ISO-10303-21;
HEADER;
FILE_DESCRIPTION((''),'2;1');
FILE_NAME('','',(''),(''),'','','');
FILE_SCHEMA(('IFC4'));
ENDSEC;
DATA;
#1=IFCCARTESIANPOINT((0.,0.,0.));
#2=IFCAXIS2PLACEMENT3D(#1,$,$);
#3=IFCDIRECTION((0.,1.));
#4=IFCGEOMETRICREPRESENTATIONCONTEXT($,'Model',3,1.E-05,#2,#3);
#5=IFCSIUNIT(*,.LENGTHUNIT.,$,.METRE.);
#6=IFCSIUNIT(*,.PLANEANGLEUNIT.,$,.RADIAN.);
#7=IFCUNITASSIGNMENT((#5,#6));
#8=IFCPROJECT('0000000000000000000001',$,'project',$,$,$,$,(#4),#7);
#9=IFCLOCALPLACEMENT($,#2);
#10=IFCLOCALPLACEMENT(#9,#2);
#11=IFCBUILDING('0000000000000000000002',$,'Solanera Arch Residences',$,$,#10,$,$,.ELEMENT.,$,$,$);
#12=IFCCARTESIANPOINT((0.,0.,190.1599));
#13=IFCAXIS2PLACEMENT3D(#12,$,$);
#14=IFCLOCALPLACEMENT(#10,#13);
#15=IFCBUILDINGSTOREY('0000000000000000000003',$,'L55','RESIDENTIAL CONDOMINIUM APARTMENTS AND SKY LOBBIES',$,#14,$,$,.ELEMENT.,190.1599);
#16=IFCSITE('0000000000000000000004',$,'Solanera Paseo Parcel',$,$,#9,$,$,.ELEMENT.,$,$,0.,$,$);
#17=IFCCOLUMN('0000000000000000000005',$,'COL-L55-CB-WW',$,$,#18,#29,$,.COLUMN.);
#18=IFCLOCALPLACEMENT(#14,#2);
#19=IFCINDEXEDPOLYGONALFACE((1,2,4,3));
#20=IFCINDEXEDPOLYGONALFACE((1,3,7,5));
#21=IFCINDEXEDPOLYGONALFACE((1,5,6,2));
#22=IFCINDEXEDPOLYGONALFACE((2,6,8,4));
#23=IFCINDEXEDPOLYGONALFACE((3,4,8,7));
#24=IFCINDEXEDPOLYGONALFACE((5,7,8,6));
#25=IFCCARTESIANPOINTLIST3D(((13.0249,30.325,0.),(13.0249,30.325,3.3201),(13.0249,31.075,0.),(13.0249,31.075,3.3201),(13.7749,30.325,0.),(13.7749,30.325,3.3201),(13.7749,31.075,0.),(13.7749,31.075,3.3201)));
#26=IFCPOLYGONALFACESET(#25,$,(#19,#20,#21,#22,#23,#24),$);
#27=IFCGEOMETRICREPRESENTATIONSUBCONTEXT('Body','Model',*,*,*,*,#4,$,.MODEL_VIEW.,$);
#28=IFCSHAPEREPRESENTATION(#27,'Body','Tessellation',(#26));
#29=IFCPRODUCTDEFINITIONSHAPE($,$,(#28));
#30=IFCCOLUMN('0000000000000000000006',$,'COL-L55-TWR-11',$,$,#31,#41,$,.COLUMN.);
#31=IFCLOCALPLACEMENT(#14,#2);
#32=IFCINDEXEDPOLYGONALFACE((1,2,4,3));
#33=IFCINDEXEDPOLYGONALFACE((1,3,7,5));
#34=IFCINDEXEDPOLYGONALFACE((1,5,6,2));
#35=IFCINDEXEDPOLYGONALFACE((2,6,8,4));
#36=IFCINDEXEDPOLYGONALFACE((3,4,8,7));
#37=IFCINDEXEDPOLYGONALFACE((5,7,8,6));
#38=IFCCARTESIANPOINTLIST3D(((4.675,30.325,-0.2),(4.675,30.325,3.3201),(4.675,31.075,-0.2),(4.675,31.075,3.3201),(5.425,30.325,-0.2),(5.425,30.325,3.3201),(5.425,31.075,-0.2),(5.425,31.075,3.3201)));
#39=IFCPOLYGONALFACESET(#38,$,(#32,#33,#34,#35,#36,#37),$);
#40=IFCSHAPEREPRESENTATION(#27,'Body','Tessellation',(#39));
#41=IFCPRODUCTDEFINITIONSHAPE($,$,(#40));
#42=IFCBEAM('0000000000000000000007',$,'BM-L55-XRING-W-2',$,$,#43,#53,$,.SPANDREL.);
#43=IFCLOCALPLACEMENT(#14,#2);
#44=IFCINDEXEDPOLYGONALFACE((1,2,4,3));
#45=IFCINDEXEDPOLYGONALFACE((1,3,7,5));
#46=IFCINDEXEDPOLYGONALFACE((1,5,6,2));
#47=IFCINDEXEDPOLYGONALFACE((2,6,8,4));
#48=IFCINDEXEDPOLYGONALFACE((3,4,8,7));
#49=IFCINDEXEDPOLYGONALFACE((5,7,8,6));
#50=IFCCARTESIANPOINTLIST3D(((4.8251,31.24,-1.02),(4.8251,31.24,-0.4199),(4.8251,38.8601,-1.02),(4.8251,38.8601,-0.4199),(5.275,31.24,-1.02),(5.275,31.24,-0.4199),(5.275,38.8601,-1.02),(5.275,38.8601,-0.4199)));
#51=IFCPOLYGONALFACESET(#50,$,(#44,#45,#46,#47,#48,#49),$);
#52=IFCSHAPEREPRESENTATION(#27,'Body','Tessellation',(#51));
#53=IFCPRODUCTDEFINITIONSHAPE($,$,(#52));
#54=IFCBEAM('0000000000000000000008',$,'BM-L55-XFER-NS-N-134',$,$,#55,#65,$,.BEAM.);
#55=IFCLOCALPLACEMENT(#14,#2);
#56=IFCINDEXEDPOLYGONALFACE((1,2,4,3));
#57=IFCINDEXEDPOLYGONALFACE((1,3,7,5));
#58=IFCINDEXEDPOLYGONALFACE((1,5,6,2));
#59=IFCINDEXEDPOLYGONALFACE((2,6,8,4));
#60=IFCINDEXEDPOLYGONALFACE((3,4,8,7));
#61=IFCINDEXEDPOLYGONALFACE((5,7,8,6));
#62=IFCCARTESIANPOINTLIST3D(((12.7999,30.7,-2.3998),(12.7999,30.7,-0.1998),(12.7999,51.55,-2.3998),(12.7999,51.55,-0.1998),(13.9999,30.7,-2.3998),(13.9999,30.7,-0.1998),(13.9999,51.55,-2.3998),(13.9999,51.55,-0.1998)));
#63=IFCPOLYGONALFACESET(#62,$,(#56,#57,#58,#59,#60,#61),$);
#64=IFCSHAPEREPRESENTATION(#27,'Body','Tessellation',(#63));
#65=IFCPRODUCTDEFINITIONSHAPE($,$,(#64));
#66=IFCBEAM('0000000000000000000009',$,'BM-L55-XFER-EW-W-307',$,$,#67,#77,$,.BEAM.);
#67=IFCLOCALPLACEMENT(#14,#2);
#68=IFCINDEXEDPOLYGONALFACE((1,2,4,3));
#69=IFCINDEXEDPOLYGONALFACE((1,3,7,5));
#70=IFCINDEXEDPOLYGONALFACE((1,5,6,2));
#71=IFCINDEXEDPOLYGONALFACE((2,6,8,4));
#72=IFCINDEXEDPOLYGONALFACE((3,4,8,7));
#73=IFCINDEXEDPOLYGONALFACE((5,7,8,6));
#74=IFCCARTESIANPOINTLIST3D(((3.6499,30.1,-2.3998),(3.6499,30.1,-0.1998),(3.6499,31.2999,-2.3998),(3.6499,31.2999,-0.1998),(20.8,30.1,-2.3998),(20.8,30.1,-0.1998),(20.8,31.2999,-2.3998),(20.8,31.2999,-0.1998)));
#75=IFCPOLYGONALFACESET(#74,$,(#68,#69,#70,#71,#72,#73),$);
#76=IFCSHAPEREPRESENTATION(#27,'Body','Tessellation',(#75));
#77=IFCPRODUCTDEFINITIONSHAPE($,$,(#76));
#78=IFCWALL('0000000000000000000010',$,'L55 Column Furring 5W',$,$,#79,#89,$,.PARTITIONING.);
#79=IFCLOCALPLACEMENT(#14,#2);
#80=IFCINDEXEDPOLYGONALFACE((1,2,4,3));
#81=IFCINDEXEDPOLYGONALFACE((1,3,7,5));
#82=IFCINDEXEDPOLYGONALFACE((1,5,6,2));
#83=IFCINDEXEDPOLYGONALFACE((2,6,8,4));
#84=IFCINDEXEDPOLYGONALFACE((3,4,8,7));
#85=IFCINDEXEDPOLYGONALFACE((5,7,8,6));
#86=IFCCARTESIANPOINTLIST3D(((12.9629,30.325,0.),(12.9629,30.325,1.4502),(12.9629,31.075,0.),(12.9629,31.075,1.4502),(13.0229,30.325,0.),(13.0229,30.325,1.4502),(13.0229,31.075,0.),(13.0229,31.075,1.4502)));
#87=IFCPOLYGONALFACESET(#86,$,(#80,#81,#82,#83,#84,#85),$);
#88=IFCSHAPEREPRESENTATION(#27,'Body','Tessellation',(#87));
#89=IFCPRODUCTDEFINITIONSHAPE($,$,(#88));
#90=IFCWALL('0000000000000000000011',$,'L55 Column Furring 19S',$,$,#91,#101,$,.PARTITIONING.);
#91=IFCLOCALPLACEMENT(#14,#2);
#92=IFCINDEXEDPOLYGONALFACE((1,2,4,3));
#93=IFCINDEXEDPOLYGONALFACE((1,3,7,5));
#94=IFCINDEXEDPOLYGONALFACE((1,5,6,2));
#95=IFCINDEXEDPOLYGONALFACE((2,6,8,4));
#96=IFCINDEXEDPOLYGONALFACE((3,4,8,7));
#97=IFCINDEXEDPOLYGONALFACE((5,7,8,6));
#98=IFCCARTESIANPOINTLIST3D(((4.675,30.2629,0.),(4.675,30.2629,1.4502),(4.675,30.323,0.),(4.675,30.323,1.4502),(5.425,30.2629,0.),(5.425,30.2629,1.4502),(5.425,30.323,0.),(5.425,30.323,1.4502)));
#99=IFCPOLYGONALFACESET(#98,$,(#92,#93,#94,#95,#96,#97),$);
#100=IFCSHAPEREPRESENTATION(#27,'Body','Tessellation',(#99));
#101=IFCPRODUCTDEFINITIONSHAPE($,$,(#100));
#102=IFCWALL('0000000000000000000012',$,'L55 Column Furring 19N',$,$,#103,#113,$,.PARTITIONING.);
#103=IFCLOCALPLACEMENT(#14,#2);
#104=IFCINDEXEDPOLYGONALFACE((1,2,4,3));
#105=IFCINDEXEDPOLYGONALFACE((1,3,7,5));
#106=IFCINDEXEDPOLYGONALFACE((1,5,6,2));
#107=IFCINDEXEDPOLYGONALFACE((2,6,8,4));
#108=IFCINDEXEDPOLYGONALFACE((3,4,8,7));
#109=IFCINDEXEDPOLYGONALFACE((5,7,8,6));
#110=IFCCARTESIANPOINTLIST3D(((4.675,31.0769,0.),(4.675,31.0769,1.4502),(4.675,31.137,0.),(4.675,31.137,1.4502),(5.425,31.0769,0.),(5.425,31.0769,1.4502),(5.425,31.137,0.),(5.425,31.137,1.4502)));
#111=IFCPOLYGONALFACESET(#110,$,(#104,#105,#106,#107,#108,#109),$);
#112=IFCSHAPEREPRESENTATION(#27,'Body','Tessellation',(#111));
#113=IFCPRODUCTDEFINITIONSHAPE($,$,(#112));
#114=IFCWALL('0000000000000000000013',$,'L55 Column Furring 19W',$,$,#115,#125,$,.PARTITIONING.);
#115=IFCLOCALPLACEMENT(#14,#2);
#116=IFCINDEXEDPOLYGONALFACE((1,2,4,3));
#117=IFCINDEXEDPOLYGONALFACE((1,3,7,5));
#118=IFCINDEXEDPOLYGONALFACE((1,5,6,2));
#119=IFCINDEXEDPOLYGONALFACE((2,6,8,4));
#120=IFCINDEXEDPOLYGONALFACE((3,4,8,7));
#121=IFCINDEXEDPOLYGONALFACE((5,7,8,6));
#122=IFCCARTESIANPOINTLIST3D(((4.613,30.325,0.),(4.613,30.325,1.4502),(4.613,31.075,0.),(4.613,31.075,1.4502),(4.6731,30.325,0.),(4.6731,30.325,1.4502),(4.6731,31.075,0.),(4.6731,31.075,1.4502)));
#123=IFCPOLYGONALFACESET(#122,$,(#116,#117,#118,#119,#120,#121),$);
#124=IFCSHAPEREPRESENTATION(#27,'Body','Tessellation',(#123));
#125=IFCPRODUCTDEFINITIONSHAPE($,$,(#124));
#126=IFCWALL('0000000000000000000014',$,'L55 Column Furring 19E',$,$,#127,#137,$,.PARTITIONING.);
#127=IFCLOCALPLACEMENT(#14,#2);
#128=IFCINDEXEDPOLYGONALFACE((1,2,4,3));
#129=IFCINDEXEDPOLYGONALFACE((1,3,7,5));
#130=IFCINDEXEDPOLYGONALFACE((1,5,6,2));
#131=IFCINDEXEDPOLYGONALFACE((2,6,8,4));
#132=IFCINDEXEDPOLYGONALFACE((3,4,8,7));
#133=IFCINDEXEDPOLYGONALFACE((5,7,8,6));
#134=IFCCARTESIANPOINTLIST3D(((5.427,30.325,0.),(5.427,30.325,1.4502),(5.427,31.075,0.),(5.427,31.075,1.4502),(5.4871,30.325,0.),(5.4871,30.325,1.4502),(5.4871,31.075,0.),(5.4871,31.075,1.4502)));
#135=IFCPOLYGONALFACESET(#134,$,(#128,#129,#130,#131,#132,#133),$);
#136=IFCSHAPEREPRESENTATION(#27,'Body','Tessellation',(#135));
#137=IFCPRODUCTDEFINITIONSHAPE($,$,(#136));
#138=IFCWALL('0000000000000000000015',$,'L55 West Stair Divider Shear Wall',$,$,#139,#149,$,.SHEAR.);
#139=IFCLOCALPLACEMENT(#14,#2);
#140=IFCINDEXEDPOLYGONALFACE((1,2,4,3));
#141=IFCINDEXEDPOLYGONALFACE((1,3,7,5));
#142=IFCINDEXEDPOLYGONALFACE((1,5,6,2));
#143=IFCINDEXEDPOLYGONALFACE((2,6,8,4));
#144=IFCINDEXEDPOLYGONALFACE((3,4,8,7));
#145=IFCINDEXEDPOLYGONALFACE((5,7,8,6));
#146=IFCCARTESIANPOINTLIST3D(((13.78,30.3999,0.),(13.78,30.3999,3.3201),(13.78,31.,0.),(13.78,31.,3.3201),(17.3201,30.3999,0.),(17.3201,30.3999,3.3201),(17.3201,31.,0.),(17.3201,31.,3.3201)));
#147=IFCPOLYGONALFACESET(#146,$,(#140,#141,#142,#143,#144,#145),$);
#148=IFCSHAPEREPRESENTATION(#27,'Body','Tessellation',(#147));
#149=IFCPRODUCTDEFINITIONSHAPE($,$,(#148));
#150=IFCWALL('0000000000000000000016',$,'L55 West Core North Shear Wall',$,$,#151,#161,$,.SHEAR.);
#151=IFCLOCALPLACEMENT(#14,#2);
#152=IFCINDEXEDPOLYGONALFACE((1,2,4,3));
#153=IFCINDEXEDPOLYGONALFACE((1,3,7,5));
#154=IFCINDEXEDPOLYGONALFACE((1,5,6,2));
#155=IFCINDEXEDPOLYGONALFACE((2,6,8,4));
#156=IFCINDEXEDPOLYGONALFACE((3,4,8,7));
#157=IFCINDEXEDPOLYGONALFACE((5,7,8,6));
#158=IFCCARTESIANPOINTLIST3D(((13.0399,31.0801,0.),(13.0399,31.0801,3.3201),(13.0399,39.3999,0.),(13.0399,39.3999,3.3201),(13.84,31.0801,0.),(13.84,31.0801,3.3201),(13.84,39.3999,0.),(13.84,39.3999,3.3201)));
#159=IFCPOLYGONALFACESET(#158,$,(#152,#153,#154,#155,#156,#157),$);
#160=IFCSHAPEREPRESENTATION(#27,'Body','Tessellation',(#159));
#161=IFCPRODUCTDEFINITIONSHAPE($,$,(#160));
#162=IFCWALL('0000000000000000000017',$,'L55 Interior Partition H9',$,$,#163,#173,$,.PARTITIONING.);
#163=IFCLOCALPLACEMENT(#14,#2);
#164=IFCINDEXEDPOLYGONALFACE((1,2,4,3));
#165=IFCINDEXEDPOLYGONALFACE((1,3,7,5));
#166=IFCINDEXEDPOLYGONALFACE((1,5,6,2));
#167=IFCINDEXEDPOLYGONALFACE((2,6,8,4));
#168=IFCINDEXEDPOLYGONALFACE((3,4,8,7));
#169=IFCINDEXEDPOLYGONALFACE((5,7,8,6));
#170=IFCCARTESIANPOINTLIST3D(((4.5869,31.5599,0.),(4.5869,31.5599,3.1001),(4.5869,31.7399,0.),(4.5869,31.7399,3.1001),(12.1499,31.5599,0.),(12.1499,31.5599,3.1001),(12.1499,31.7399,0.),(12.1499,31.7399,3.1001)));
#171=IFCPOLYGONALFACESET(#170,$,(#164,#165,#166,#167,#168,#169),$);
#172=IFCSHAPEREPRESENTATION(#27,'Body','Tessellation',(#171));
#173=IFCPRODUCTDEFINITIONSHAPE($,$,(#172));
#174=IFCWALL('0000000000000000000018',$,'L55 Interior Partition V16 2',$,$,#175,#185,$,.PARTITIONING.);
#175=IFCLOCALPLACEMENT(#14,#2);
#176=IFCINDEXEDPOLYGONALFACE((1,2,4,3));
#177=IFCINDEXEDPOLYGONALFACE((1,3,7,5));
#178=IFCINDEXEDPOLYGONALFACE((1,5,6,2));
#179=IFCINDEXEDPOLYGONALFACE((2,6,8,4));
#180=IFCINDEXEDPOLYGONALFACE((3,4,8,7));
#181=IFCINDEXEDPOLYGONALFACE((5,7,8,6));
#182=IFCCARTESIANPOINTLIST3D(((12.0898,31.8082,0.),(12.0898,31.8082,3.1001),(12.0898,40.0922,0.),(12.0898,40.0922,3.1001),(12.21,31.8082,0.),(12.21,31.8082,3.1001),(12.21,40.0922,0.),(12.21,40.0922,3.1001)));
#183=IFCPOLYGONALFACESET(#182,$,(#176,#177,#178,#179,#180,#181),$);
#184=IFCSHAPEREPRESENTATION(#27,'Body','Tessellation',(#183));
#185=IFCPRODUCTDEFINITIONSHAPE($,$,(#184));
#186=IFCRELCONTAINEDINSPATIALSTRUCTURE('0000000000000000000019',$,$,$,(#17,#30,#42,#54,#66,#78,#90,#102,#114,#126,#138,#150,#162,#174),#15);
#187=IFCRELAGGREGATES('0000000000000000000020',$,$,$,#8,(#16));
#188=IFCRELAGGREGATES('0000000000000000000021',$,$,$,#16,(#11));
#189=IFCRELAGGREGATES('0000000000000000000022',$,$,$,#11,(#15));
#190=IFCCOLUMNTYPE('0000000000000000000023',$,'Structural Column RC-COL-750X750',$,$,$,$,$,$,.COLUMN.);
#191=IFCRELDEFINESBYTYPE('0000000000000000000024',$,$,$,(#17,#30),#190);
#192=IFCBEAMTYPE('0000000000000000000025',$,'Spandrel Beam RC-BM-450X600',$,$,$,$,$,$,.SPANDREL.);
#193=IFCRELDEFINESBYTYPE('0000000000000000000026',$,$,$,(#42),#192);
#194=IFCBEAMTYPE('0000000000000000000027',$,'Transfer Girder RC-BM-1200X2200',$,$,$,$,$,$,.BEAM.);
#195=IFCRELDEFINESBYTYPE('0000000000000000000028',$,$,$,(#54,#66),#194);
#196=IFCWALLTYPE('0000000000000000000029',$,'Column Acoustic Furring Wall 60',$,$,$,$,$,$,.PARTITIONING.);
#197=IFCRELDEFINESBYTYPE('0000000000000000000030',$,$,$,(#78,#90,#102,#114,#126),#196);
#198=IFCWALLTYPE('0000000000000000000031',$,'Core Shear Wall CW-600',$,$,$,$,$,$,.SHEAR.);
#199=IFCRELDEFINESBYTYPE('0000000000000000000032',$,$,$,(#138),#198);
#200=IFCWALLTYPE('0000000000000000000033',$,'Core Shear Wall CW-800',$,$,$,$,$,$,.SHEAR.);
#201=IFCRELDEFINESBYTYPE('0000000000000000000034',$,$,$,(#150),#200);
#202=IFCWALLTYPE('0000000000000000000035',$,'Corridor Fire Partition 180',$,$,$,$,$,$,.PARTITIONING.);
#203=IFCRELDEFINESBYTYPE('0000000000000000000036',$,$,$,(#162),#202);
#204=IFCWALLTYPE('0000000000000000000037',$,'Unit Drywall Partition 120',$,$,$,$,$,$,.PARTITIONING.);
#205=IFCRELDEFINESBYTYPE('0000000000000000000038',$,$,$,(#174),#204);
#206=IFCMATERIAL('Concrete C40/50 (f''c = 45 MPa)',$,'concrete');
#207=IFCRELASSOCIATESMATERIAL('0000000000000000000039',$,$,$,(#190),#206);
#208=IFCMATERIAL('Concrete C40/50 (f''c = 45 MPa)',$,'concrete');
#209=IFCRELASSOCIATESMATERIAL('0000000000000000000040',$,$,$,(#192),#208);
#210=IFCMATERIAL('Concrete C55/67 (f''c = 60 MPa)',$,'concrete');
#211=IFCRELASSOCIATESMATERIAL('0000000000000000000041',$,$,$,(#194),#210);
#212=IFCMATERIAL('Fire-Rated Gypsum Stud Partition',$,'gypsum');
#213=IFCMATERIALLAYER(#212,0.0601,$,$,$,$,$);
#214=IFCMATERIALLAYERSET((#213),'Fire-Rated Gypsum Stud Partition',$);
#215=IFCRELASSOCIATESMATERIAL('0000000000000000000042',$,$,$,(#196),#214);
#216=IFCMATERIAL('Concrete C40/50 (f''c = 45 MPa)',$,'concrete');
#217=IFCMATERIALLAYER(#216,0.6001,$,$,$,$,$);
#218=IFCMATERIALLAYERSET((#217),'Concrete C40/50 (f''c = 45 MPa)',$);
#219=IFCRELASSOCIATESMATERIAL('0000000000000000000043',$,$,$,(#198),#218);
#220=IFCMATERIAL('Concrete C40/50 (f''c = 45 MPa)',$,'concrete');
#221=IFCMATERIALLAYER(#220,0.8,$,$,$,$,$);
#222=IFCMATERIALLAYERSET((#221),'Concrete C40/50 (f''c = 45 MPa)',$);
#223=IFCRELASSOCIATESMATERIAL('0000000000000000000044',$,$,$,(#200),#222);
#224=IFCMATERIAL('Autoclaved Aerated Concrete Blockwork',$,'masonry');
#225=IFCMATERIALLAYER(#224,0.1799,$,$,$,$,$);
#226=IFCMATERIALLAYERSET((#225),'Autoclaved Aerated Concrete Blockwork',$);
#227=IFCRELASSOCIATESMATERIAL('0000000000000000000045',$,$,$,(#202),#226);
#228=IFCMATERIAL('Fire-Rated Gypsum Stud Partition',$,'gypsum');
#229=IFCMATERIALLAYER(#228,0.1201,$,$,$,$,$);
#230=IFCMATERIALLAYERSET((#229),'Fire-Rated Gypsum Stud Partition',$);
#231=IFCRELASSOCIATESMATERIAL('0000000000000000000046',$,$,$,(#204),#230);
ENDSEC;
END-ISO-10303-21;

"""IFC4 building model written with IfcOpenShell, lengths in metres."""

from ifc_helpers import new_model, si_unit, direction, frame, frame_2d, origin, origin_2d, place, context, subcontext, project, spatial, rectangle, extrude, material, layer, layer_set, material_profile, profile_set, type_object, element, save


model = new_model("IFC4")

# Units and contexts
model_context = context("Model", 3, precision=1e-05, world=origin(), true_north=direction((0.0, 1.0)))
body_context = subcontext(model_context, "Body", "Model", "MODEL_VIEW")
ifc_project = project(units=[si_unit("LENGTHUNIT", "METRE"), si_unit("PLANEANGLEUNIT", "RADIAN")], contexts=[model_context])

# Site, building, storey
site_placement = place(None, origin())
site = spatial("IfcSite", under=ifc_project, at=site_placement, Name="Solanera Paseo Parcel", CompositionType="ELEMENT", RefElevation=0.0)
building_placement = place(site_placement, origin())
building = spatial("IfcBuilding", under=site, at=building_placement, Name="Solanera Arch Residences", CompositionType="ELEMENT")
storey_placement = place(building_placement, frame((0.0, 0.0, 190.1599)))
storey = spatial("IfcBuildingStorey", under=building, at=storey_placement, Name="L55", Description="RESIDENTIAL CONDOMINIUM APARTMENTS AND SKY LOBBIES", CompositionType="ELEMENT", Elevation=190.1599)

# Columns
ifc_material_1 = material(Name="Concrete C40/50 (f'c = 45 MPa)", Category="concrete")
ifc_material_profile_1 = material_profile(ifc_material_1, rectangle(XDim=0.75, YDim=0.75, at=origin_2d()))
ifc_profile_set_1 = profile_set([ifc_material_profile_1], Name="Concrete C40/50 (f'c = 45 MPa)")
column_type = type_object("IfcColumnType", Name="Structural Column RC-COL-750X750", PredefinedType="COLUMN", material=ifc_profile_set_1)
column_1_placement = place(storey_placement, frame((13.3999, 30.7, 0.0), z_axis=(0.0, 0.0, 1.0), x_axis=(1.0, 0.0, 0.0)))
element("IfcColumn", 1, at=column_1_placement, inside=storey, type_object=column_type, Name="COL-L55-CB-WW", PredefinedType="COLUMN", context=body_context, shape_type="SweptSolid", body=[
    extrude(rectangle(XDim=0.75, YDim=0.75, at=origin_2d()), origin(), (0.0, 0.0, 1.0), 3.3201),
])
column_2_placement = place(storey_placement, frame((5.05, 30.7, -0.2), z_axis=(0.0, 0.0, 1.0), x_axis=(1.0, 0.0, 0.0)))
element("IfcColumn", 2, at=column_2_placement, inside=storey, type_object=column_type, Name="COL-L55-TWR-11", PredefinedType="COLUMN", context=body_context, shape_type="SweptSolid", body=[
    extrude(rectangle(XDim=0.75, YDim=0.75, at=origin_2d()), origin(), (0.0, 0.0, 1.0), 3.52),
])

# Beams
ifc_material_2 = material(Name="Concrete C40/50 (f'c = 45 MPa)", Category="concrete")
ifc_material_profile_2 = material_profile(ifc_material_2, rectangle(XDim=0.45, YDim=0.6001, at=origin_2d()))
ifc_profile_set_2 = profile_set([ifc_material_profile_2], Name="Concrete C40/50 (f'c = 45 MPa)")
beam_type_1 = type_object("IfcBeamType", Name="Spandrel Beam RC-BM-450X600", PredefinedType="SPANDREL", material=ifc_profile_set_2)
beam_1_placement = place(storey_placement, frame((5.05, 31.24, -0.72), z_axis=(0.0, 1.0, 0.0), x_axis=(-1.0, 0.0, 0.0)))
element("IfcBeam", 3, at=beam_1_placement, inside=storey, type_object=beam_type_1, Name="BM-L55-XRING-W-2", PredefinedType="SPANDREL", context=body_context, shape_type="SweptSolid", body=[
    extrude(rectangle(XDim=0.45, YDim=0.6001, at=origin_2d()), origin(), (0.0, 0.0, 1.0), 7.6201),
])
ifc_material_3 = material(Name="Concrete C55/67 (f'c = 60 MPa)", Category="concrete")
ifc_material_profile_3 = material_profile(ifc_material_3, rectangle(XDim=1.2, YDim=2.2, at=origin_2d()))
ifc_profile_set_3 = profile_set([ifc_material_profile_3], Name="Concrete C55/67 (f'c = 60 MPa)")
beam_type_2 = type_object("IfcBeamType", Name="Transfer Girder RC-BM-1200X2200", PredefinedType="BEAM", material=ifc_profile_set_3)
beam_2_placement = place(storey_placement, frame((13.3999, 30.7, -1.2998), z_axis=(0.0, 1.0, 0.0), x_axis=(-1.0, 0.0, 0.0)))
element("IfcBeam", 4, at=beam_2_placement, inside=storey, type_object=beam_type_2, Name="BM-L55-XFER-NS-N-134", PredefinedType="BEAM", context=body_context, shape_type="SweptSolid", body=[
    extrude(rectangle(XDim=1.2, YDim=2.2, at=origin_2d()), origin(), (0.0, 0.0, 1.0), 20.8501),
])
beam_3_placement = place(storey_placement, frame((3.6499, 30.7, -1.2998), z_axis=(1.0, 0.0, 0.0), x_axis=(0.0, 1.0, 0.0)))
element("IfcBeam", 5, at=beam_3_placement, inside=storey, type_object=beam_type_2, Name="BM-L55-XFER-EW-W-307", PredefinedType="BEAM", context=body_context, shape_type="SweptSolid", body=[
    extrude(rectangle(XDim=1.2, YDim=2.2, at=origin_2d()), origin(), (0.0, 0.0, 1.0), 17.1501),
])

# Walls
ifc_material_4 = material(Name="Fire-Rated Gypsum Stud Partition", Category="gypsum")
ifc_layer_1 = layer(ifc_material_4, 0.0601)
ifc_layer_set_1 = layer_set([ifc_layer_1], Name="Fire-Rated Gypsum Stud Partition")
wall_type_1 = type_object("IfcWallType", Name="Column Acoustic Furring Wall 60", PredefinedType="PARTITIONING", material=ifc_layer_set_1)
for number, where, z_axis, x_axis, name in (
    (6, (12.9929, 30.325, 0.0), (0.0, 0.0, 1.0), (0.0, 1.0, 0.0), "L55 Column Furring 5W"),
    (7, (4.675, 30.293, 0.0), (0.0, 0.0, 1.0), (1.0, 0.0, 0.0), "L55 Column Furring 19S"),
    (8, (4.675, 31.1069, 0.0), (0.0, 0.0, 1.0), (1.0, 0.0, 0.0), "L55 Column Furring 19N"),
    (9, (4.6431, 30.325, 0.0), (0.0, 0.0, 1.0), (0.0, 1.0, 0.0), "L55 Column Furring 19W"),
    (10, (5.457, 30.325, 0.0), (0.0, 0.0, 1.0), (0.0, 1.0, 0.0), "L55 Column Furring 19E"),
):
    element("IfcWall", number, at=place(storey_placement, frame(where, z_axis=z_axis, x_axis=x_axis)), inside=storey, type_object=wall_type_1, Name=name, PredefinedType="PARTITIONING", context=body_context, shape_type="SweptSolid", body=[
        extrude(rectangle(XDim=0.75, YDim=0.0601, at=frame_2d((0.375, 0.0))), origin(), (0.0, 0.0, 1.0), 1.4502),
    ])
ifc_material_5 = material(Name="Concrete C40/50 (f'c = 45 MPa)", Category="concrete")
ifc_layer_2 = layer(ifc_material_5, 0.6001)
ifc_layer_set_2 = layer_set([ifc_layer_2], Name="Concrete C40/50 (f'c = 45 MPa)")
wall_type_2 = type_object("IfcWallType", Name="Core Shear Wall CW-600", PredefinedType="SHEAR", material=ifc_layer_set_2)
wall_1_placement = place(storey_placement, frame((13.78, 30.7, 0.0), z_axis=(0.0, 0.0, 1.0), x_axis=(1.0, 0.0, 0.0)))
element("IfcWall", 11, at=wall_1_placement, inside=storey, type_object=wall_type_2, Name="L55 West Stair Divider Shear Wall", PredefinedType="SHEAR", context=body_context, shape_type="SweptSolid", body=[
    extrude(rectangle(XDim=3.54, YDim=0.6001, at=frame_2d((1.77, 0.0))), origin(), (0.0, 0.0, 1.0), 3.3201),
])
ifc_material_6 = material(Name="Concrete C40/50 (f'c = 45 MPa)", Category="concrete")
ifc_layer_3 = layer(ifc_material_6, 0.8)
ifc_layer_set_3 = layer_set([ifc_layer_3], Name="Concrete C40/50 (f'c = 45 MPa)")
wall_type_3 = type_object("IfcWallType", Name="Core Shear Wall CW-800", PredefinedType="SHEAR", material=ifc_layer_set_3)
wall_2_placement = place(storey_placement, frame((13.4399, 31.0801, 0.0), z_axis=(0.0, 0.0, 1.0), x_axis=(0.0, 1.0, 0.0)))
element("IfcWall", 12, at=wall_2_placement, inside=storey, type_object=wall_type_3, Name="L55 West Core North Shear Wall", PredefinedType="SHEAR", context=body_context, shape_type="SweptSolid", body=[
    extrude(rectangle(XDim=8.3198, YDim=0.8, at=frame_2d((4.1599, 0.0))), origin(), (0.0, 0.0, 1.0), 3.3201),
])
ifc_material_7 = material(Name="Autoclaved Aerated Concrete Blockwork", Category="masonry")
ifc_layer_4 = layer(ifc_material_7, 0.1799)
ifc_layer_set_4 = layer_set([ifc_layer_4], Name="Autoclaved Aerated Concrete Blockwork")
wall_type_4 = type_object("IfcWallType", Name="Corridor Fire Partition 180", PredefinedType="PARTITIONING", material=ifc_layer_set_4)
wall_3_placement = place(storey_placement, frame((4.5869, 31.6499, 0.0), z_axis=(0.0, 0.0, 1.0), x_axis=(1.0, 0.0, 0.0)))
element("IfcWall", 13, at=wall_3_placement, inside=storey, type_object=wall_type_4, Name="L55 Interior Partition H9", PredefinedType="PARTITIONING", context=body_context, shape_type="SweptSolid", body=[
    extrude(rectangle(XDim=7.563, YDim=0.1799, at=frame_2d((3.7815, 0.0))), origin(), (0.0, 0.0, 1.0), 3.1001),
])
ifc_material_8 = material(Name="Fire-Rated Gypsum Stud Partition", Category="gypsum")
ifc_layer_5 = layer(ifc_material_8, 0.1201)
ifc_layer_set_5 = layer_set([ifc_layer_5], Name="Fire-Rated Gypsum Stud Partition")
wall_type_5 = type_object("IfcWallType", Name="Unit Drywall Partition 120", PredefinedType="PARTITIONING", material=ifc_layer_set_5)
wall_4_placement = place(storey_placement, frame((12.1499, 31.8081, 0.0), z_axis=(0.0, 0.0, 1.0), x_axis=(0.0, 1.0, 0.0)))
element("IfcWall", 14, at=wall_4_placement, inside=storey, type_object=wall_type_5, Name="L55 Interior Partition V16 2", PredefinedType="PARTITIONING", context=body_context, shape_type="SweptSolid", body=[
    extrude(rectangle(XDim=8.2839, YDim=0.1201, at=frame_2d((4.1421, 0.0))), origin(), (0.0, 0.0, 1.0), 3.1001),
])

save(model, "model.ifc")
